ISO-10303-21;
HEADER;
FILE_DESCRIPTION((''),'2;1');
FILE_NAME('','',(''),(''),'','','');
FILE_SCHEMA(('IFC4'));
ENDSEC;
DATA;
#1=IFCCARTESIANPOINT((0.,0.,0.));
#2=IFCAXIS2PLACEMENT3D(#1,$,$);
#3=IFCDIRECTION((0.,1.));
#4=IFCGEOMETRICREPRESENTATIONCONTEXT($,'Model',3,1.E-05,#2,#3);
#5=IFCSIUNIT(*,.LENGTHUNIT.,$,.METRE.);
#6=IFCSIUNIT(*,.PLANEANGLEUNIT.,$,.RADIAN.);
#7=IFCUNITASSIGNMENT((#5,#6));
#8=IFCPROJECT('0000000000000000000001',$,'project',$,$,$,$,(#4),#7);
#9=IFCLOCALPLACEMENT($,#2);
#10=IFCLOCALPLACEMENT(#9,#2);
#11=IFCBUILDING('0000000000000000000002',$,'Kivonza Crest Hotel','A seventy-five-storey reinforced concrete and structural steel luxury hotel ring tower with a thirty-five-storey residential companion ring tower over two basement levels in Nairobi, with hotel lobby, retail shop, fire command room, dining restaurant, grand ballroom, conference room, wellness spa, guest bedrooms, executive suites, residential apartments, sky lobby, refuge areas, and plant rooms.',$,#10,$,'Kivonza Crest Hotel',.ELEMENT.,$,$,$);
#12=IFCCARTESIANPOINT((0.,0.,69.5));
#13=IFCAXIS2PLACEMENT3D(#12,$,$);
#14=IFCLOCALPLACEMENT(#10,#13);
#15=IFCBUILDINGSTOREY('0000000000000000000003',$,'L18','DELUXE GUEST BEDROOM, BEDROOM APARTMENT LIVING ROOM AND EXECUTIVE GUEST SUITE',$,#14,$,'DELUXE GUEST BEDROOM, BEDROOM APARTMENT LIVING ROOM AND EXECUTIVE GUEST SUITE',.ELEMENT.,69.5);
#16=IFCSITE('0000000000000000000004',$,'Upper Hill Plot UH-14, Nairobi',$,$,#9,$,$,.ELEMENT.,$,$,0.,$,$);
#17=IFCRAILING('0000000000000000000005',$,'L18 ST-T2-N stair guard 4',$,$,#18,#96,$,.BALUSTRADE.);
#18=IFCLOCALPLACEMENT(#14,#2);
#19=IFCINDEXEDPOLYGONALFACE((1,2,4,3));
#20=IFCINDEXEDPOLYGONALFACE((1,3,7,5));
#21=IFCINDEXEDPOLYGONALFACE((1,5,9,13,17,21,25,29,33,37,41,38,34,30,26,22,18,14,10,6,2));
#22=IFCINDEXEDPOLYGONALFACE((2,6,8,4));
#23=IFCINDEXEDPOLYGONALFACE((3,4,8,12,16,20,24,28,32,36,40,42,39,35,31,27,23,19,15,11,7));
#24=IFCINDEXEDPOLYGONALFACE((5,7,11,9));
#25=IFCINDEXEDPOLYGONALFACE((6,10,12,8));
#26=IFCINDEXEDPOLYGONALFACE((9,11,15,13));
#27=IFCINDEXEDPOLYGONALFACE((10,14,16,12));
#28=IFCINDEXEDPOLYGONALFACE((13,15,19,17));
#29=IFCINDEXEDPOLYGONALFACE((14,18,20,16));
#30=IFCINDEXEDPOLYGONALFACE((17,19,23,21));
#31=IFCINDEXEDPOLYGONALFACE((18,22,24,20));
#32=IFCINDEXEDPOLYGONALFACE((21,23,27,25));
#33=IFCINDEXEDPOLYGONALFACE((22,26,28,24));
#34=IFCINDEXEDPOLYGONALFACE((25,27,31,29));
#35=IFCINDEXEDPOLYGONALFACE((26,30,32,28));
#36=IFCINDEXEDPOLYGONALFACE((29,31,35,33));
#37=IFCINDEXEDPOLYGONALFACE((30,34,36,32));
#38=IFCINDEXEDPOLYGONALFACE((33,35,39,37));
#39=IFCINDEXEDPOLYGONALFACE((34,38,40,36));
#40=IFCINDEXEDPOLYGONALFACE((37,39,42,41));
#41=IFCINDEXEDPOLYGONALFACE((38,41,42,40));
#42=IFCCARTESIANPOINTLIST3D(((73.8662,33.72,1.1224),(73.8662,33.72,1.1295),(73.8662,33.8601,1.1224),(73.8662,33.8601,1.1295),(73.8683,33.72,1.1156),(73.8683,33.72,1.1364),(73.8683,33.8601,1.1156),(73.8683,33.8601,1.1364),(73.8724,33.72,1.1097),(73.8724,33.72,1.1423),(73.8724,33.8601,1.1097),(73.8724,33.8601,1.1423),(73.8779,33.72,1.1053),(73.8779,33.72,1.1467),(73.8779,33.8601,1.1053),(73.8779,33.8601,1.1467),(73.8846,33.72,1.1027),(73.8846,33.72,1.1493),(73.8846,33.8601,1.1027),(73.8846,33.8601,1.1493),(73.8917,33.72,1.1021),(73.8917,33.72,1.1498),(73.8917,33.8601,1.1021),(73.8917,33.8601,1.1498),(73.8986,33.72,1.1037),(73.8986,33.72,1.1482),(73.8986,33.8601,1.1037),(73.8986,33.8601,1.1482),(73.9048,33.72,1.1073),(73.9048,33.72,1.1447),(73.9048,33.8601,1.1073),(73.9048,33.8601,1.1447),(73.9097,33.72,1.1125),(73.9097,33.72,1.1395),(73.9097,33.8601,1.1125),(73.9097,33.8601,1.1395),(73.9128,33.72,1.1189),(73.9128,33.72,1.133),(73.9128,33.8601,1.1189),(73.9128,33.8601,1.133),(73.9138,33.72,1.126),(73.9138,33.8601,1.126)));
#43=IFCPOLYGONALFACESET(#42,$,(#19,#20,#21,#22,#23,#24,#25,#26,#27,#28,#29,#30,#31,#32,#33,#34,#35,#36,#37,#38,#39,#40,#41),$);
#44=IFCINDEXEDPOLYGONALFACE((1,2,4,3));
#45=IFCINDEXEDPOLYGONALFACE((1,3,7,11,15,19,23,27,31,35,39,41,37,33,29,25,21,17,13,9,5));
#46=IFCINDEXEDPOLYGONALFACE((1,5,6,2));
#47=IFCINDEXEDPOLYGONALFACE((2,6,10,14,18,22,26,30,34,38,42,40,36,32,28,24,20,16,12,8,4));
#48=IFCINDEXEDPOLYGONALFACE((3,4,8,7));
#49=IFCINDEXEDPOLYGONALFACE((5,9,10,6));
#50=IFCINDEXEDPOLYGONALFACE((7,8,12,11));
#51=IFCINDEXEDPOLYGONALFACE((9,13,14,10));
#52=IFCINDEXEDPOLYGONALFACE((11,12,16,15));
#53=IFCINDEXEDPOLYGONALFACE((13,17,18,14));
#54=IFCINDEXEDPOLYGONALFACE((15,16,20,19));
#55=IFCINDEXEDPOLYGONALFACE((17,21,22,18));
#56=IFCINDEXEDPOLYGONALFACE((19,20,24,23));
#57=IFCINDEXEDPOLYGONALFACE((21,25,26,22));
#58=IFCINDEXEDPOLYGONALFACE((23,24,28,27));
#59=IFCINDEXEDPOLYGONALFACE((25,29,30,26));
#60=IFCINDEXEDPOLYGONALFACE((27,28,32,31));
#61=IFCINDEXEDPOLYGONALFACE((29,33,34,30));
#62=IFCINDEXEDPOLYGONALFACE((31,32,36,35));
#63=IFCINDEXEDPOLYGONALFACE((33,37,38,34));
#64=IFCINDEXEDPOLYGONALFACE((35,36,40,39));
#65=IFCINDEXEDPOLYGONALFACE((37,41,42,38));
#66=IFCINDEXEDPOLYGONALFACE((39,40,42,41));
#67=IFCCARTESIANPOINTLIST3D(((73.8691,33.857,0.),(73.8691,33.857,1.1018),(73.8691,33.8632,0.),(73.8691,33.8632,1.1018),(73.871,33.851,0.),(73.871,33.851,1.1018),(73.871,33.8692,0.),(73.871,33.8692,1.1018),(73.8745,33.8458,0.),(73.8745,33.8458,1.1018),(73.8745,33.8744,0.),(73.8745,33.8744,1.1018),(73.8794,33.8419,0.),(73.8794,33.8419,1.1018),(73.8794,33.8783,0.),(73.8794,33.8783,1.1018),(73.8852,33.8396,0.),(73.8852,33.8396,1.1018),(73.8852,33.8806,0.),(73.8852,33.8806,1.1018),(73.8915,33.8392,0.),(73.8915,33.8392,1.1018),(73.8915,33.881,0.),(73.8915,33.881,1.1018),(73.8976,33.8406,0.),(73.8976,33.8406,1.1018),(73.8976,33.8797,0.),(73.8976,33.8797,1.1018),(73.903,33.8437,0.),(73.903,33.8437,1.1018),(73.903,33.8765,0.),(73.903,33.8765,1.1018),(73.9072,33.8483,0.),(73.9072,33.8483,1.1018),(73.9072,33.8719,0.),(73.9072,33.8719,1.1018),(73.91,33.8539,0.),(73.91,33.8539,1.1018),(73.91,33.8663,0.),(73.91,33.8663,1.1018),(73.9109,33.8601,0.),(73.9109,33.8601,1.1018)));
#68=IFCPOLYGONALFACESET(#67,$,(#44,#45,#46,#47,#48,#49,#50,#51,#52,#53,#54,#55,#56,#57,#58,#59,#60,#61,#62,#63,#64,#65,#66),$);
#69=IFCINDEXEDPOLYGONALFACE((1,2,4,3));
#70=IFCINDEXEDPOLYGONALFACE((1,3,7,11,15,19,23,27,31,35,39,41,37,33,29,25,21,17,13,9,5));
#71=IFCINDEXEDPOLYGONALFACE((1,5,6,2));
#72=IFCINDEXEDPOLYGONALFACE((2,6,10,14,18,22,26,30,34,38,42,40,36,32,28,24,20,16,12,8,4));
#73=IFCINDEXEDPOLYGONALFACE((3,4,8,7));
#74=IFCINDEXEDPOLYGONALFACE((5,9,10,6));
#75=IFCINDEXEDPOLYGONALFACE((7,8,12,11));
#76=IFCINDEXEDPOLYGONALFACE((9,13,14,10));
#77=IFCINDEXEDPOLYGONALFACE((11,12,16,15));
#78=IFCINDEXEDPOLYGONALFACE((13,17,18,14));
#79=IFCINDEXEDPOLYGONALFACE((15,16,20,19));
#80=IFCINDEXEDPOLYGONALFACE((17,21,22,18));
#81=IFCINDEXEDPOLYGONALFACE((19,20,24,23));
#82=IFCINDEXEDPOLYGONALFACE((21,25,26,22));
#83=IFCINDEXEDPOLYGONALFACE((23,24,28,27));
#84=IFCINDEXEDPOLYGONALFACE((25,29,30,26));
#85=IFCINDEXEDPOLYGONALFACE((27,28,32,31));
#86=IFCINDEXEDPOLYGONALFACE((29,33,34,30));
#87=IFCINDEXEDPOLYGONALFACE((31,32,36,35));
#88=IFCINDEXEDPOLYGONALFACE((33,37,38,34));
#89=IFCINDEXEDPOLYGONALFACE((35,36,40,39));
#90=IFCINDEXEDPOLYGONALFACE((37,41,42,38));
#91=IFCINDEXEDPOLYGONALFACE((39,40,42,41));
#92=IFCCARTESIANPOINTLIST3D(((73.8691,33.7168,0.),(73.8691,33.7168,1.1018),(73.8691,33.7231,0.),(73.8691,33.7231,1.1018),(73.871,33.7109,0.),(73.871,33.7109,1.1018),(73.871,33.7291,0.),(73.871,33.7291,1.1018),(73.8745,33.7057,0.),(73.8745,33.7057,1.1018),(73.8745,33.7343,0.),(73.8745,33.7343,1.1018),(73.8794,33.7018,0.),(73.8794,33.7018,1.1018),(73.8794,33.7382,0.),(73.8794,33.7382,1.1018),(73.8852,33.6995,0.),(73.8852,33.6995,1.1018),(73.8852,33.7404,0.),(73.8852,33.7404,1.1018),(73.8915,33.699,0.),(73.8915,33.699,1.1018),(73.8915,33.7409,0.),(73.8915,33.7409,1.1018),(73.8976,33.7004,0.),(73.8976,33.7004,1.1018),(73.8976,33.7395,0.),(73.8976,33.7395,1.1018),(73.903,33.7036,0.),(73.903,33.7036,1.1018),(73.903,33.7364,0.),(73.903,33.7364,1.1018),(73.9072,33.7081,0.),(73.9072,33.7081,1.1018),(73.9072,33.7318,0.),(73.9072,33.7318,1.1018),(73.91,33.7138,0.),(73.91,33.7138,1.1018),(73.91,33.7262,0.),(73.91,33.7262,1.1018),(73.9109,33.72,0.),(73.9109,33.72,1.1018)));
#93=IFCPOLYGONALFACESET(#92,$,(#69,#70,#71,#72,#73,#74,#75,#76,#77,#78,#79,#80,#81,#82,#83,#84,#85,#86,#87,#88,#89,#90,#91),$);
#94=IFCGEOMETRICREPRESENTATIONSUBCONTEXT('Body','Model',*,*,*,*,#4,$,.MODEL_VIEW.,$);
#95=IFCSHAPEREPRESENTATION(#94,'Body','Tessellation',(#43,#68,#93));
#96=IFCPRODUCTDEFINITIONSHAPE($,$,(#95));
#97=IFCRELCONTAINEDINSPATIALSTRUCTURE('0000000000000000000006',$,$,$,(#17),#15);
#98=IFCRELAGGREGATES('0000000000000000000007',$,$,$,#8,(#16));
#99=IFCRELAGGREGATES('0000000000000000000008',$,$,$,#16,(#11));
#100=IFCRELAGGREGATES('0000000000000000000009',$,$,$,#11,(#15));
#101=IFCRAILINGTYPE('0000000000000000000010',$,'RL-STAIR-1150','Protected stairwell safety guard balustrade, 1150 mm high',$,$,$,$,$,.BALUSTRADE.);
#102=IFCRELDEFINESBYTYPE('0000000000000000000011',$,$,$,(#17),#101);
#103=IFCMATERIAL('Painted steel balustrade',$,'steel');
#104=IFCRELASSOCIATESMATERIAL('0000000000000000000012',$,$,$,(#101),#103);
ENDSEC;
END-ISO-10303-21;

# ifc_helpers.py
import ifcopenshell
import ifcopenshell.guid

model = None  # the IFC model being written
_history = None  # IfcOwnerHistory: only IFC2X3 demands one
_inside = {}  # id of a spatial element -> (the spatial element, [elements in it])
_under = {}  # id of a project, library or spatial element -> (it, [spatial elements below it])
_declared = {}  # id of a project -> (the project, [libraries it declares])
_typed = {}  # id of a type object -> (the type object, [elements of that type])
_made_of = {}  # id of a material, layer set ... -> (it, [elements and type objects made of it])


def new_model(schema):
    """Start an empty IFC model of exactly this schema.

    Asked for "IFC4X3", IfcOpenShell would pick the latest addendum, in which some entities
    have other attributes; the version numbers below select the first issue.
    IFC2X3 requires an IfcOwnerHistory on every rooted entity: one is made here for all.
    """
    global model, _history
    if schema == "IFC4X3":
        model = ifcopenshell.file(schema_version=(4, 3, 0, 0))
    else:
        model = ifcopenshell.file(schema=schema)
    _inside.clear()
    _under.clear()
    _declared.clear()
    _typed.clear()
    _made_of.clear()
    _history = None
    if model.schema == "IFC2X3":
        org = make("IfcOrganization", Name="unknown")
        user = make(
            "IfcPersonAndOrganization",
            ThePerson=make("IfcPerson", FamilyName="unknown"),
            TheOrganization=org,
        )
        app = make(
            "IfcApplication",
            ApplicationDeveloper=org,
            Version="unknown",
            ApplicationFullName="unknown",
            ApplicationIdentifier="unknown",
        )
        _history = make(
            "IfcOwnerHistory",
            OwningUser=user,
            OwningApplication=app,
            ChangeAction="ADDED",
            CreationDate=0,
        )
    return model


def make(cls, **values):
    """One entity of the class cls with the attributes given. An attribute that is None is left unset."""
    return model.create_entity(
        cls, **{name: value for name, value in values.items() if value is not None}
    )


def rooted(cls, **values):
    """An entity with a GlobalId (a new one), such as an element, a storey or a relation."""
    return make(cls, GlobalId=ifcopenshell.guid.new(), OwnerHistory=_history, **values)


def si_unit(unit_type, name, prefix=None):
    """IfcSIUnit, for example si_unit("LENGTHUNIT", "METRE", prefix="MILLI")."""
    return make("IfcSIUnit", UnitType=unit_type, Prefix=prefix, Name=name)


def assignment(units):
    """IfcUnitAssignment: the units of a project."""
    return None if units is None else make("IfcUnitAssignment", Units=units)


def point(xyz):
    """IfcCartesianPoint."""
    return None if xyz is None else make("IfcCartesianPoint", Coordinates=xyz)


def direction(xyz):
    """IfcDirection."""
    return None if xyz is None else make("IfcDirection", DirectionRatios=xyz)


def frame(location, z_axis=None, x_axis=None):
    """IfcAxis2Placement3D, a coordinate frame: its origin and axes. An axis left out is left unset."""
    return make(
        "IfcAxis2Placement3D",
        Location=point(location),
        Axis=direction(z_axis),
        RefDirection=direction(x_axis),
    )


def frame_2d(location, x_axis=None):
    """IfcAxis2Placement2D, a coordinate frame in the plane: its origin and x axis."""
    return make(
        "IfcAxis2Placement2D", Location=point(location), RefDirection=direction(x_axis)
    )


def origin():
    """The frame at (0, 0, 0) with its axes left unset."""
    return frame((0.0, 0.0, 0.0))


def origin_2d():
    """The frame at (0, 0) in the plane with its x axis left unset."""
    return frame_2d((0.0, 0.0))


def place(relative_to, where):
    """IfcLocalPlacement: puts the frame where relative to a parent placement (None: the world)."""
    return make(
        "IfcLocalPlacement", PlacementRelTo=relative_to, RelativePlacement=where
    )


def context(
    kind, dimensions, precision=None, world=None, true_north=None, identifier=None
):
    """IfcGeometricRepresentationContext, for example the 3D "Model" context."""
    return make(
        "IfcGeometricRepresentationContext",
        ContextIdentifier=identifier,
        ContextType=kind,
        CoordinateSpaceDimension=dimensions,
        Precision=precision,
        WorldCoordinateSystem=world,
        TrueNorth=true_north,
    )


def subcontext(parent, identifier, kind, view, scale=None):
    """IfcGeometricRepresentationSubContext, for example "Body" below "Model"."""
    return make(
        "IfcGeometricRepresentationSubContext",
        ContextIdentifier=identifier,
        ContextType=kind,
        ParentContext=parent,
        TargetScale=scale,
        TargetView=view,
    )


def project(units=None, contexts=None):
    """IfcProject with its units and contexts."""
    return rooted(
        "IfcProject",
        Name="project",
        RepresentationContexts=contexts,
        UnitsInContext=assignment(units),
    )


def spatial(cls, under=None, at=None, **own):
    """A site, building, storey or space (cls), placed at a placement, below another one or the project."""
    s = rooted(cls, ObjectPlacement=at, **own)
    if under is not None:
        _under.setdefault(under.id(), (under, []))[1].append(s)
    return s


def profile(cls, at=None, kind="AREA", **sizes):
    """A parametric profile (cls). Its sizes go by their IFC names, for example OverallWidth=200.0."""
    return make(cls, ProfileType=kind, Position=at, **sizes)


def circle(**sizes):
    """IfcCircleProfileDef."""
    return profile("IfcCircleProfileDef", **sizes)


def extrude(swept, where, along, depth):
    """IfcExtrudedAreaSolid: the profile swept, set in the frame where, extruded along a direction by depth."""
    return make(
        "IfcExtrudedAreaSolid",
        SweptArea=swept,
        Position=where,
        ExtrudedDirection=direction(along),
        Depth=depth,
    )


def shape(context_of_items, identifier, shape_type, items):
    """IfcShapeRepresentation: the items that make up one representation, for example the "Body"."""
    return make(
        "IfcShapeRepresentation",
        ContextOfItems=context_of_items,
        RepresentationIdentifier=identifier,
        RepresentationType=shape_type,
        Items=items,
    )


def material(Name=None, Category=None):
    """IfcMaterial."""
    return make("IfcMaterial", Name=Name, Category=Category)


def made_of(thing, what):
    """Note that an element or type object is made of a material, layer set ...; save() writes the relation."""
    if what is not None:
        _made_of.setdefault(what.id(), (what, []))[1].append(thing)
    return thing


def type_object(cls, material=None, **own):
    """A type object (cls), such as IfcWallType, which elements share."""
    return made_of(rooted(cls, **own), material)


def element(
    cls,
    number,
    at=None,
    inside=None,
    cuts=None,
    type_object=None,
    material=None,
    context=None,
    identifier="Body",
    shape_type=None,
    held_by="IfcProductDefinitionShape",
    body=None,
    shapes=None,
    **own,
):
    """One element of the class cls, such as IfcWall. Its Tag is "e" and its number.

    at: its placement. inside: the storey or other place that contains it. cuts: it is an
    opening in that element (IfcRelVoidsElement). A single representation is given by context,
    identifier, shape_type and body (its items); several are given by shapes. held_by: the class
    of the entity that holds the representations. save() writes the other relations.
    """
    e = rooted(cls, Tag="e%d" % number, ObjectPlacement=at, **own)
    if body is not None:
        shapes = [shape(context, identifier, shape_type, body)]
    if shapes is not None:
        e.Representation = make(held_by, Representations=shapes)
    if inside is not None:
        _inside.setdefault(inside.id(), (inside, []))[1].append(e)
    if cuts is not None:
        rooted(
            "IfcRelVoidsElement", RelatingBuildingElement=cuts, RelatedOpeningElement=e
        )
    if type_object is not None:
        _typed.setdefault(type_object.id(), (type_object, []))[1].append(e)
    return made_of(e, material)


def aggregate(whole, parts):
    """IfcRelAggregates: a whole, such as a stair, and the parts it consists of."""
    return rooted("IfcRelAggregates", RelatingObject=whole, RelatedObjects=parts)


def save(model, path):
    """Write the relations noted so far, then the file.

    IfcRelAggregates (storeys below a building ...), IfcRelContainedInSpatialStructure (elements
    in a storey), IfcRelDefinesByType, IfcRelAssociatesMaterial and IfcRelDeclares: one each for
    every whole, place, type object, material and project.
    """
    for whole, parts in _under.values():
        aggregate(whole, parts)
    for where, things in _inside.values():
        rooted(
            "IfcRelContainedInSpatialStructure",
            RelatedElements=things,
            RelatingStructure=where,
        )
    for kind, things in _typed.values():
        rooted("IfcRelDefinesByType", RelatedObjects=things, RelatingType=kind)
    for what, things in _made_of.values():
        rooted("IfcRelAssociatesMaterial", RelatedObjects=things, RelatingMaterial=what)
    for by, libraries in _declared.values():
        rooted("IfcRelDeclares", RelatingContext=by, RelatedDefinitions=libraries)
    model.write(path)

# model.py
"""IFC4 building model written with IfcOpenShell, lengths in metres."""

from ifc_helpers import new_model, si_unit, direction, frame, origin, origin_2d, place, context, subcontext, project, spatial, circle, extrude, material, type_object, element, save


model = new_model("IFC4")

# Units and contexts
model_context = context("Model", 3, precision=1e-05, world=origin(), true_north=direction((0.0, 1.0)))
body_context = subcontext(model_context, "Body", "Model", "MODEL_VIEW")
ifc_project = project(units=[si_unit("LENGTHUNIT", "METRE"), si_unit("PLANEANGLEUNIT", "RADIAN")], contexts=[model_context])

# Site, building, storey
site_placement = place(None, origin())
site = spatial("IfcSite", under=ifc_project, at=site_placement, Name="Upper Hill Plot UH-14, Nairobi", CompositionType="ELEMENT", RefElevation=0.0)
building_placement = place(site_placement, origin())
building = spatial("IfcBuilding", under=site, at=building_placement, Name="Kivonza Crest Hotel", Description="A seventy-five-storey reinforced concrete and structural steel luxury hotel ring tower with a thirty-five-storey residential companion ring tower over two basement levels in Nairobi, with hotel lobby, retail shop, fire command room, dining restaurant, grand ballroom, conference room, wellness spa, guest bedrooms, executive suites, residential apartments, sky lobby, refuge areas, and plant rooms.", LongName="Kivonza Crest Hotel", CompositionType="ELEMENT")
storey_placement = place(building_placement, frame((0.0, 0.0, 69.5)))
storey = spatial("IfcBuildingStorey", under=building, at=storey_placement, Name="L18", Description="DELUXE GUEST BEDROOM, BEDROOM APARTMENT LIVING ROOM AND EXECUTIVE GUEST SUITE", LongName="DELUXE GUEST BEDROOM, BEDROOM APARTMENT LIVING ROOM AND EXECUTIVE GUEST SUITE", CompositionType="ELEMENT", Elevation=69.5)

# Railing
ifc_material_1 = material(Name="Painted steel balustrade", Category="steel")
railing_type_1 = type_object("IfcRailingType", Name="RL-STAIR-1150", Description="Protected stairwell safety guard balustrade, 1150 mm high", PredefinedType="BALUSTRADE", material=ifc_material_1)
railing_1_placement = place(storey_placement, frame((73.8899, 33.8601, 0.0)))
element("IfcRailing", 1, at=railing_1_placement, inside=storey, type_object=railing_type_1, Name="L18 ST-T2-N stair guard 4", PredefinedType="BALUSTRADE", context=body_context, shape_type="SweptSolid", body=[
    extrude(circle(Radius=0.0239, at=origin_2d()), frame((0.0, 0.0, 1.126), z_axis=(0.0, -1.0, 0.0), x_axis=(1.0, 0.0, 0.0)), (0.0, 0.0, 1.0), 0.1401),
    extrude(circle(Radius=0.021, at=origin_2d()), origin(), (0.0, 0.0, 1.0), 1.1018),
    extrude(circle(Radius=0.021, at=origin_2d()), frame((0.0, -0.1401, 0.0)), (0.0, 0.0, 1.0), 1.1018),
])

save(model, "model.ifc")
